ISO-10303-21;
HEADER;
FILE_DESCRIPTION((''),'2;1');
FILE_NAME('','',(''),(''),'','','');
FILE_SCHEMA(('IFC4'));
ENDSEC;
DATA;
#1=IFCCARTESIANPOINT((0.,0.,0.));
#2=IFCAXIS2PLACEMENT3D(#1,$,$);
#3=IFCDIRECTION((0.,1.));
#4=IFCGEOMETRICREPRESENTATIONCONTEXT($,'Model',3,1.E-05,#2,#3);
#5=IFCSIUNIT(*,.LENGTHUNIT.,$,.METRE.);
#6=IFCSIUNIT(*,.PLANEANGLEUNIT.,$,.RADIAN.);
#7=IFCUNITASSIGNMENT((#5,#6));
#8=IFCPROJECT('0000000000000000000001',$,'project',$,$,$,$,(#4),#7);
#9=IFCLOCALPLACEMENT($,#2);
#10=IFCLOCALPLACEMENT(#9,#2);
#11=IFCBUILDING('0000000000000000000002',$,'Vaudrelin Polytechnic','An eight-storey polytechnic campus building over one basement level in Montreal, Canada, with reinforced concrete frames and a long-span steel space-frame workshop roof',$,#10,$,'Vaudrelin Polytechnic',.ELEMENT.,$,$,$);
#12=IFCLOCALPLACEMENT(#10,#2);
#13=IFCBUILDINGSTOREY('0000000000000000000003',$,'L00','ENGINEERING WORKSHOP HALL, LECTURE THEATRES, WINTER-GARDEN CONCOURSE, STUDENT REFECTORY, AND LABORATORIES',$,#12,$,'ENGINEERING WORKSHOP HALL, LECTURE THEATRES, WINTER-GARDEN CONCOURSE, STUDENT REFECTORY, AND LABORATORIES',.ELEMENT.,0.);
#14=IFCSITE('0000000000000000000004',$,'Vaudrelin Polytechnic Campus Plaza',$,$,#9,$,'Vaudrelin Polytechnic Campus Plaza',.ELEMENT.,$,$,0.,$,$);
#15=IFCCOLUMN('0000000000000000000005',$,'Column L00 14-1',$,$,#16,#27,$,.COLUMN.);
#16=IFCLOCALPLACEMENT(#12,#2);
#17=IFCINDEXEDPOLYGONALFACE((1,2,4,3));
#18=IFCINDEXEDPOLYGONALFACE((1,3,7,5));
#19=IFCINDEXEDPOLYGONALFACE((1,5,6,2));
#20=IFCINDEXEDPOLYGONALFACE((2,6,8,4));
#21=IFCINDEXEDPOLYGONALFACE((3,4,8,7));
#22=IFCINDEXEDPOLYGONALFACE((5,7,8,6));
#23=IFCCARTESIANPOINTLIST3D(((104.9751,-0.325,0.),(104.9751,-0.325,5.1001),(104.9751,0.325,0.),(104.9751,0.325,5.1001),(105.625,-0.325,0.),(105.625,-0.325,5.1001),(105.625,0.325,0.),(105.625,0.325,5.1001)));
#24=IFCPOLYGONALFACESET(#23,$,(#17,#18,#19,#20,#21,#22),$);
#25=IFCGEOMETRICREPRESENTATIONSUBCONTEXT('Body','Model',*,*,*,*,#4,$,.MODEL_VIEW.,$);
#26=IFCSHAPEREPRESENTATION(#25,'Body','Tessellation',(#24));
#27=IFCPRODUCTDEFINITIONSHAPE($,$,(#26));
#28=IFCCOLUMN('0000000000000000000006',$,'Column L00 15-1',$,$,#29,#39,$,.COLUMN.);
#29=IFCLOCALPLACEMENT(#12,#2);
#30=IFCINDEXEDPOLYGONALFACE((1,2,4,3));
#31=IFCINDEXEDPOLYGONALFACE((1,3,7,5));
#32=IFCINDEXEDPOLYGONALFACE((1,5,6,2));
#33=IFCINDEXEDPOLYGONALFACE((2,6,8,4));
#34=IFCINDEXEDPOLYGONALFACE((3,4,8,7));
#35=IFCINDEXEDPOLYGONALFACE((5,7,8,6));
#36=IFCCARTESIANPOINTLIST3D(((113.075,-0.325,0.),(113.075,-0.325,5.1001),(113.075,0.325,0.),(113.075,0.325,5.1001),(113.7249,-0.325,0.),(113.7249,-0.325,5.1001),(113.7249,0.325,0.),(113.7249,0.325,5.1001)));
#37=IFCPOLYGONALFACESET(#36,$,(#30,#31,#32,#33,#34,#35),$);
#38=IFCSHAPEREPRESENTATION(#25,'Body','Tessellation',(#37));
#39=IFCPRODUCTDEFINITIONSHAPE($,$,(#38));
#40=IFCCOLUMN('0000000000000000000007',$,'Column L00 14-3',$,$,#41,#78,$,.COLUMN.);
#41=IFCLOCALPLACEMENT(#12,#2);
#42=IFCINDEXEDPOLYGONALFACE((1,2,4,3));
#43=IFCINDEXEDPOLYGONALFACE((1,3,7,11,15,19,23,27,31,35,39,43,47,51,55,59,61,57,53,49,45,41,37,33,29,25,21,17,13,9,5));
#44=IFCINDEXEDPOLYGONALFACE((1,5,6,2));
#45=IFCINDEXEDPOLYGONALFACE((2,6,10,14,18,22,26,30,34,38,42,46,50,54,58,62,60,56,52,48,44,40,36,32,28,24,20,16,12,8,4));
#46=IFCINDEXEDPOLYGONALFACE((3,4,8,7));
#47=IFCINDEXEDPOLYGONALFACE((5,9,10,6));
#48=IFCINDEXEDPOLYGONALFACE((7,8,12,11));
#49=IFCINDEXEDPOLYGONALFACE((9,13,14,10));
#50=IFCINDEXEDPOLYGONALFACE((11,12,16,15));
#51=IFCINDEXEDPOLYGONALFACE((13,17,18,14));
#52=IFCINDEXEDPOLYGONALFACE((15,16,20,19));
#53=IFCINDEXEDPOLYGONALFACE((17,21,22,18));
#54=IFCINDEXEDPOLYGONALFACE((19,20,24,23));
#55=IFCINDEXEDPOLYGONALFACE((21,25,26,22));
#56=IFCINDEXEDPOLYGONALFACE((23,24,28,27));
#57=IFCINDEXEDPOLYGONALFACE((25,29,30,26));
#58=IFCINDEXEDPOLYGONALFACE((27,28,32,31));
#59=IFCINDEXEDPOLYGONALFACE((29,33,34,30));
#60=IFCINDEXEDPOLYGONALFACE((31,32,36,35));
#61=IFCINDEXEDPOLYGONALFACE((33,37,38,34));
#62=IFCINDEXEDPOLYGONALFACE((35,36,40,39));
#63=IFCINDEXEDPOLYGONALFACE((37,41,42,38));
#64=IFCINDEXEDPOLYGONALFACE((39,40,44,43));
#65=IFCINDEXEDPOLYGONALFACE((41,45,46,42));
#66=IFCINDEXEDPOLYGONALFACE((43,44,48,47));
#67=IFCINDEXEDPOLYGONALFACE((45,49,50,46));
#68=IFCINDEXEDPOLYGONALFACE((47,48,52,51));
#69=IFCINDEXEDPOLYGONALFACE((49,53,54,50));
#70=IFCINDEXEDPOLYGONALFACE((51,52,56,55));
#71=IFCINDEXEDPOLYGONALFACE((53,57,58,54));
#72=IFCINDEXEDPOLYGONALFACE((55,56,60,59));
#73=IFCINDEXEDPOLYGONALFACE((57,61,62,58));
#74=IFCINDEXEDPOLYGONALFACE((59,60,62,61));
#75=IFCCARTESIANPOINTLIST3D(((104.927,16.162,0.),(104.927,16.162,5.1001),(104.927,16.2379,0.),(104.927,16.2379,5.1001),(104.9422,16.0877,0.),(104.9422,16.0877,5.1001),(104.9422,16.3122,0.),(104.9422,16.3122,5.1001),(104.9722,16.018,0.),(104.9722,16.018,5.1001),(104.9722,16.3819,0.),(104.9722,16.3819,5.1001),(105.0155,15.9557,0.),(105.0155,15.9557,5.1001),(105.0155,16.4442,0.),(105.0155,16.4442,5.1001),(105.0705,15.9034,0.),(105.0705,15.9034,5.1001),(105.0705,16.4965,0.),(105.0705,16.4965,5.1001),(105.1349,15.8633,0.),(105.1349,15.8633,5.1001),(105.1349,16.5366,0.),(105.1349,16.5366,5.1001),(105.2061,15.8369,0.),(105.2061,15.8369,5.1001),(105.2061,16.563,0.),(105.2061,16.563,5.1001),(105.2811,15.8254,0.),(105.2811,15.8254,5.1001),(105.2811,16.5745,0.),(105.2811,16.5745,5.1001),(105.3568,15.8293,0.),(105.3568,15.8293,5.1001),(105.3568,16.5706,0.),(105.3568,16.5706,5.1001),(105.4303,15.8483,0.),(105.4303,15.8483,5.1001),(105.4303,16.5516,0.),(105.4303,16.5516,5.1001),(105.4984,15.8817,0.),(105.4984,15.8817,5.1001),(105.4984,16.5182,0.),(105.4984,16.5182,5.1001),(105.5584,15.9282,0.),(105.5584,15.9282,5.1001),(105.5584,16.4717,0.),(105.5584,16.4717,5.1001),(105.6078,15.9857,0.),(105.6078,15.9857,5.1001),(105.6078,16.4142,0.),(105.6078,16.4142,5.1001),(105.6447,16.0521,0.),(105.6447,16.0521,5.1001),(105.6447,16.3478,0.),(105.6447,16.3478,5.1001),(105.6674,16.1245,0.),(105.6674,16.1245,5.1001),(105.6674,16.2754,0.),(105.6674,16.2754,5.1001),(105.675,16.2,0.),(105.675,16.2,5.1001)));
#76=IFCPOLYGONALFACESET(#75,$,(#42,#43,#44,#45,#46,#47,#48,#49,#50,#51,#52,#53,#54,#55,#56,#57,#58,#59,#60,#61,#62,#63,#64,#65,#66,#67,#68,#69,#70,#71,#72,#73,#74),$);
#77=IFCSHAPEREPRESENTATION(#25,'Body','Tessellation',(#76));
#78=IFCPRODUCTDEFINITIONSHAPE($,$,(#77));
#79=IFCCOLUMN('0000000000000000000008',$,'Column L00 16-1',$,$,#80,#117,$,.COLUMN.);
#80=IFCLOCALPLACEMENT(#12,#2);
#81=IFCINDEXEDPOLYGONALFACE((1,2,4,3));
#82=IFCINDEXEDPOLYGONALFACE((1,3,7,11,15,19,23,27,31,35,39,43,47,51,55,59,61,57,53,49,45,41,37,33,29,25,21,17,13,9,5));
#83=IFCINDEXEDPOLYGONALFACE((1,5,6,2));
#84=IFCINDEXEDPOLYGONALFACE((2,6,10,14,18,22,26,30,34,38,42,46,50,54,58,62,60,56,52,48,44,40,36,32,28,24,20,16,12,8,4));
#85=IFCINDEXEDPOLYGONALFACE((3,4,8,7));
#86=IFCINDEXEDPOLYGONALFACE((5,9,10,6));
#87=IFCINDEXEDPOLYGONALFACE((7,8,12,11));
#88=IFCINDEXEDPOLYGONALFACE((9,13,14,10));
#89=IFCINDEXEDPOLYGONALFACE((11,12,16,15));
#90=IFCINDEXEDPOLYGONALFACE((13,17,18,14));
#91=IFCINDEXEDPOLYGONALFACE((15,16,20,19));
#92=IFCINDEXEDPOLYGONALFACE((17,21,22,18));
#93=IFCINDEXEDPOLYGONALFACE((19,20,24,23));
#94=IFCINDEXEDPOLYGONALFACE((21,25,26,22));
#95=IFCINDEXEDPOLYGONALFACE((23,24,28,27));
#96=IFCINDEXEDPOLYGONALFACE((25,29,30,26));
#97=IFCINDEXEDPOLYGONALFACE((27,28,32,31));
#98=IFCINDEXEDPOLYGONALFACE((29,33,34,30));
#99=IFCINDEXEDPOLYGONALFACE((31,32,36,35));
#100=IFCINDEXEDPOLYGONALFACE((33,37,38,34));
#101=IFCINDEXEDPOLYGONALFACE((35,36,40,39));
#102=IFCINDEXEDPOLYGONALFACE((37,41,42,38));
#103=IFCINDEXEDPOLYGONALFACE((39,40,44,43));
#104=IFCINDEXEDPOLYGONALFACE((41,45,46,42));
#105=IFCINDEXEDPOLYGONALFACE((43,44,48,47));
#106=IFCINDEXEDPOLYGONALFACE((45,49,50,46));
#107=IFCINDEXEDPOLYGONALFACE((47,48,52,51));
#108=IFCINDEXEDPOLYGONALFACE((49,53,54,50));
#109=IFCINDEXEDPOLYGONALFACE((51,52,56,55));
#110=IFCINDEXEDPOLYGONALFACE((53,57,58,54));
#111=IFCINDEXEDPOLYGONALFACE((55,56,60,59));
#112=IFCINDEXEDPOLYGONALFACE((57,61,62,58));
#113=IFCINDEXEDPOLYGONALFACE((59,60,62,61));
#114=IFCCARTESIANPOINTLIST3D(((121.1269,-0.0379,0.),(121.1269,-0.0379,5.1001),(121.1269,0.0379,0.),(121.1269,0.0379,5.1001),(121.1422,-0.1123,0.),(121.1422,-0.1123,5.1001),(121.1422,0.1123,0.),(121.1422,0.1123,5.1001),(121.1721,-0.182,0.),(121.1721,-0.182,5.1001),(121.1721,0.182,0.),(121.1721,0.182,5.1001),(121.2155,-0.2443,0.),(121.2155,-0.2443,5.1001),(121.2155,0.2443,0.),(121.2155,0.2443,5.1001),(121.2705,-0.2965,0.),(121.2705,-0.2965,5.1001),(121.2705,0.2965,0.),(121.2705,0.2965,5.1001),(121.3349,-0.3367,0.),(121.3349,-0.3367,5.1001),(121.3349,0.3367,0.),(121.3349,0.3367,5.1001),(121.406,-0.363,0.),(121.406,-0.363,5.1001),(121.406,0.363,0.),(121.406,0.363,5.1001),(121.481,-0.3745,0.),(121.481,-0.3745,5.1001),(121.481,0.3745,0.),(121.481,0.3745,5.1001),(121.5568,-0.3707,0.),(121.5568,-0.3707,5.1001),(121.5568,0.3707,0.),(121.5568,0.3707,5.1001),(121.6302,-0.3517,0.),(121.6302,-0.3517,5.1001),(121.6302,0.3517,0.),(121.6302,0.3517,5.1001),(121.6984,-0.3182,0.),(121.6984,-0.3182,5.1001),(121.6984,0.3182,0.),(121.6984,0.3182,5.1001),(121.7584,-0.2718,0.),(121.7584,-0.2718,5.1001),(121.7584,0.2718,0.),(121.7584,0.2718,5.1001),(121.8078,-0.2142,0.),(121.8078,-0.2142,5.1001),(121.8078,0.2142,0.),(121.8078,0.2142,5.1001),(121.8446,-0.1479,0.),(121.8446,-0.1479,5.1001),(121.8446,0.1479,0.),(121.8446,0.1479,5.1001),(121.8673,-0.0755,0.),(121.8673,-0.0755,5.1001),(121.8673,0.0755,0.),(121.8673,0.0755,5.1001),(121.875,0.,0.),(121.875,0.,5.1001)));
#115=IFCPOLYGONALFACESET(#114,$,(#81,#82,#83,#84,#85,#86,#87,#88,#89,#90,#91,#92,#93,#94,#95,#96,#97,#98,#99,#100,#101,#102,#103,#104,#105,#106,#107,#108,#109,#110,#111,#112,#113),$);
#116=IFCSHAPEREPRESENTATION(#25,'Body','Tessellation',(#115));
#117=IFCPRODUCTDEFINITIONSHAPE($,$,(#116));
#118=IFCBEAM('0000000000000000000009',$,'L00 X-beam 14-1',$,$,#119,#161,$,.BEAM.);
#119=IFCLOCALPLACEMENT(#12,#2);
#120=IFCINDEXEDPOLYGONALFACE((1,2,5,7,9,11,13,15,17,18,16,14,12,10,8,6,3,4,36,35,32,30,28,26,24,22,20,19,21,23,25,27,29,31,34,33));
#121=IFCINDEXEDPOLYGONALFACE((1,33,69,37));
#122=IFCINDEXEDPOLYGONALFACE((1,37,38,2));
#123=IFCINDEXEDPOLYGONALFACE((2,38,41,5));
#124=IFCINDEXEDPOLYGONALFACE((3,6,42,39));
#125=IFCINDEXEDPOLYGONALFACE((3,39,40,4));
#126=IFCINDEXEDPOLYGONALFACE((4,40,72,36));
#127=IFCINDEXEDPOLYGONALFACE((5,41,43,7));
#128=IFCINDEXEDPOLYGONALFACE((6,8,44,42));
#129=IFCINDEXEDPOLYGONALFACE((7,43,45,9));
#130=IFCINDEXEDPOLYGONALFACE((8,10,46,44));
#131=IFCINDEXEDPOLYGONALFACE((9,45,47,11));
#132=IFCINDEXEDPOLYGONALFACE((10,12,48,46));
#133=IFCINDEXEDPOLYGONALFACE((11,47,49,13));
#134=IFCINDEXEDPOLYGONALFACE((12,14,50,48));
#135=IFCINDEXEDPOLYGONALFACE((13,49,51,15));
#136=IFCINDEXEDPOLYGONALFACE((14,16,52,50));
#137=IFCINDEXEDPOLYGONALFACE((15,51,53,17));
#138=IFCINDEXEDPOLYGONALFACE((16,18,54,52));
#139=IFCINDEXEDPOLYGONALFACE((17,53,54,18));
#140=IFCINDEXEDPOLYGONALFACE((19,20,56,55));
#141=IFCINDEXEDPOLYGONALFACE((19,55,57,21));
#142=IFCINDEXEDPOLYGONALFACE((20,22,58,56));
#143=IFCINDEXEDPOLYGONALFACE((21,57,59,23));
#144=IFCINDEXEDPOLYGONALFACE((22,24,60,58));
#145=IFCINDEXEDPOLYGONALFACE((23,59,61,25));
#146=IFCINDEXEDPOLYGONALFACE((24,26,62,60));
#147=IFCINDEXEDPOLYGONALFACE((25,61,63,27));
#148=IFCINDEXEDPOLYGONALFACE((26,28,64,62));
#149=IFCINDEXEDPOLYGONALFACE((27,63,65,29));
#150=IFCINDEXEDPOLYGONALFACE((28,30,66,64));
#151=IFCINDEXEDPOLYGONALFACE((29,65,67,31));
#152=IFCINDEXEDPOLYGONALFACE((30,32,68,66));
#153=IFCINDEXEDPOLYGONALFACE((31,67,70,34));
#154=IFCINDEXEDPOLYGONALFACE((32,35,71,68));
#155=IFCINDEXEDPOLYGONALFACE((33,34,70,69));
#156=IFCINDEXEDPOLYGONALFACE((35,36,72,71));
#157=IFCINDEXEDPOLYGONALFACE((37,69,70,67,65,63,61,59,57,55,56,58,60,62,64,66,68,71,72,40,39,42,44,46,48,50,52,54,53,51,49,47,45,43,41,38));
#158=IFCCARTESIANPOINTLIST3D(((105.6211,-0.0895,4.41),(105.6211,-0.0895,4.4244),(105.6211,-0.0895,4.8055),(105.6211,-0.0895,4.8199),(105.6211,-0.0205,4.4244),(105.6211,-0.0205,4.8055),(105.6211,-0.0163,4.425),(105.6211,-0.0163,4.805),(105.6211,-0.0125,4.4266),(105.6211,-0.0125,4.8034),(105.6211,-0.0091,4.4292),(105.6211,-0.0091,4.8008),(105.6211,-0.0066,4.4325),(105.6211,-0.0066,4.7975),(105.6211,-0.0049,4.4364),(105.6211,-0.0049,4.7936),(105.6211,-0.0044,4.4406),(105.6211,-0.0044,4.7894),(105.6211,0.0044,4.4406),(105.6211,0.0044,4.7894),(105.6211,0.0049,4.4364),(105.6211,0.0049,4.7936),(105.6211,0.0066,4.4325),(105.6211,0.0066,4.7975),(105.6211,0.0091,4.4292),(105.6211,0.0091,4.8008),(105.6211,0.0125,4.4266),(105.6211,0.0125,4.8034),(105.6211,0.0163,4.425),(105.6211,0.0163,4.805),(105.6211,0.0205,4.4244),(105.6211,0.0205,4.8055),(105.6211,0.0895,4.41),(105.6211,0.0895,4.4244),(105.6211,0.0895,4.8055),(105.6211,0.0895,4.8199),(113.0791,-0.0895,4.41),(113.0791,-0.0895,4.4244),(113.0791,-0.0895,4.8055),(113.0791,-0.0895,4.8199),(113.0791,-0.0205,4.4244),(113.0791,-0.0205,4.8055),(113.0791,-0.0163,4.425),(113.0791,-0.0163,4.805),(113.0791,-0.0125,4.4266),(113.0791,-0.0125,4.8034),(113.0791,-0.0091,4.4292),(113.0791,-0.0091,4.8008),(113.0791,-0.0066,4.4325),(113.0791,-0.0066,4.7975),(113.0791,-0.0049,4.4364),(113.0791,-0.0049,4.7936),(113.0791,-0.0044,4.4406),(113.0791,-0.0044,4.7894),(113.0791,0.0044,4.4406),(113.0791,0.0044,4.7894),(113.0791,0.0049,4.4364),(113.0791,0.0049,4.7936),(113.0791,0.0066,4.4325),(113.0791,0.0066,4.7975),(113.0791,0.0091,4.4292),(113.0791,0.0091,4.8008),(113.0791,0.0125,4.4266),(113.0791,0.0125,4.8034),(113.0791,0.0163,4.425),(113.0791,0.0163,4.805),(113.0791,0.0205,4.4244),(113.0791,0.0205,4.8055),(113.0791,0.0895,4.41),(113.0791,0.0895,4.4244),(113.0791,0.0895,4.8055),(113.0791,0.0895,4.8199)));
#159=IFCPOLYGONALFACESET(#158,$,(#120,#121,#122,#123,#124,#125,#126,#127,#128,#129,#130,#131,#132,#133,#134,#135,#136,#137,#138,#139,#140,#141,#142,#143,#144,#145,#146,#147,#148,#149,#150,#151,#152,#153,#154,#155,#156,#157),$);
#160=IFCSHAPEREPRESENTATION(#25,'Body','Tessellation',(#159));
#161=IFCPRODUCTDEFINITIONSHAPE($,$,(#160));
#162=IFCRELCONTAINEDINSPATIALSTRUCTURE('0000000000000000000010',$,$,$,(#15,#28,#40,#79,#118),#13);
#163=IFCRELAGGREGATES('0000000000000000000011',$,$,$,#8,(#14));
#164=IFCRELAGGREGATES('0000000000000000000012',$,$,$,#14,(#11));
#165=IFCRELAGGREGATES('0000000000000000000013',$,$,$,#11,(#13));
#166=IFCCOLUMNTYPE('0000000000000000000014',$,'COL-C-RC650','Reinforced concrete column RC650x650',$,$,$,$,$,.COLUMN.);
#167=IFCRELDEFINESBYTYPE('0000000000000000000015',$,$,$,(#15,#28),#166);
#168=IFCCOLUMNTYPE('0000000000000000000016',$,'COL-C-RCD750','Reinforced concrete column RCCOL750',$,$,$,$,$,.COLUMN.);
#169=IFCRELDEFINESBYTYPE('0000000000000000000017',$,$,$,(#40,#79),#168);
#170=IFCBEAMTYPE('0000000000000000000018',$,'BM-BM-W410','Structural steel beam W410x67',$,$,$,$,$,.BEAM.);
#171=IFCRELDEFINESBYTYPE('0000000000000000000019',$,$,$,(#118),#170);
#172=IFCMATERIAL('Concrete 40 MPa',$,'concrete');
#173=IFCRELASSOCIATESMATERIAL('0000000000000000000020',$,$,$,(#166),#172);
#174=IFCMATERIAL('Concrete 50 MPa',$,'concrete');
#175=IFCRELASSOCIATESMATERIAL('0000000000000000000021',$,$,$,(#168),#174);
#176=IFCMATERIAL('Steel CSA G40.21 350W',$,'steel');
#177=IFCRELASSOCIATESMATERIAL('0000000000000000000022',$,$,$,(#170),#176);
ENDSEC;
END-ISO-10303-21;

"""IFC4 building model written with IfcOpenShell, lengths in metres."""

from ifc_helpers import new_model, si_unit, direction, frame, origin, origin_2d, place, context, subcontext, project, spatial, rectangle, circle, i_section, extrude, material, material_profile, profile_set, type_object, element, save


model = new_model("IFC4")

# Units and contexts
model_context = context("Model", 3, precision=1e-05, world=origin(), true_north=direction((0.0, 1.0)))
body_context = subcontext(model_context, "Body", "Model", "MODEL_VIEW")
ifc_project = project(units=[si_unit("LENGTHUNIT", "METRE"), si_unit("PLANEANGLEUNIT", "RADIAN")], contexts=[model_context])

# Site, building, storey
site_placement = place(None, origin())
site = spatial("IfcSite", under=ifc_project, at=site_placement, Name="Vaudrelin Polytechnic Campus Plaza", LongName="Vaudrelin Polytechnic Campus Plaza", CompositionType="ELEMENT", RefElevation=0.0)
building_placement = place(site_placement, origin())
building = spatial("IfcBuilding", under=site, at=building_placement, Name="Vaudrelin Polytechnic", Description="An eight-storey polytechnic campus building over one basement level in Montreal, Canada, with reinforced concrete frames and a long-span steel space-frame workshop roof", LongName="Vaudrelin Polytechnic", CompositionType="ELEMENT")
storey_placement = place(building_placement, origin())
storey = spatial("IfcBuildingStorey", under=building, at=storey_placement, Name="L00", Description="ENGINEERING WORKSHOP HALL, LECTURE THEATRES, WINTER-GARDEN CONCOURSE, STUDENT REFECTORY, AND LABORATORIES", LongName="ENGINEERING WORKSHOP HALL, LECTURE THEATRES, WINTER-GARDEN CONCOURSE, STUDENT REFECTORY, AND LABORATORIES", CompositionType="ELEMENT", Elevation=0.0)

# Columns
ifc_material_1 = material(Name="Concrete 40 MPa", Category="concrete")
ifc_material_profile_1 = material_profile(ifc_material_1, rectangle(XDim=0.6499, YDim=0.6499, at=origin_2d()), Name="RC650x650")
ifc_profile_set_1 = profile_set([ifc_material_profile_1], Name="Concrete 40 MPa")
column_type_1 = type_object("IfcColumnType", Name="COL-C-RC650", Description="Reinforced concrete column RC650x650", PredefinedType="COLUMN", material=ifc_profile_set_1)
for number, where, z_axis, x_axis, name in (
    (1, (105.3, 0.0, 0.0), (0.0, 0.0, 1.0), (1.0, 0.0, 0.0), "Column L00 14-1"),
    (2, (113.3999, 0.0, 0.0), (0.0, 0.0, 1.0), (1.0, 0.0, 0.0), "Column L00 15-1"),
):
    element("IfcColumn", number, at=place(storey_placement, frame(where, z_axis=z_axis, x_axis=x_axis)), inside=storey, type_object=column_type_1, Name=name, PredefinedType="COLUMN", context=body_context, shape_type="SweptSolid", body=[
        extrude(rectangle(XDim=0.6499, YDim=0.6499, at=origin_2d()), origin(), (0.0, 0.0, 1.0), 5.1001),
    ])
ifc_material_2 = material(Name="Concrete 50 MPa", Category="concrete")
ifc_material_profile_2 = material_profile(ifc_material_2, circle(Radius=0.375, at=origin_2d()), Name="RCCOL750")
ifc_profile_set_2 = profile_set([ifc_material_profile_2], Name="Concrete 50 MPa")
column_type_2 = type_object("IfcColumnType", Name="COL-C-RCD750", Description="Reinforced concrete column RCCOL750", PredefinedType="COLUMN", material=ifc_profile_set_2)
for number, where, z_axis, x_axis, name in (
    (3, (105.3, 16.2, 0.0), (0.0, 0.0, 1.0), (1.0, 0.0, 0.0), "Column L00 14-3"),
    (4, (121.5, 0.0, 0.0), (0.0, 0.0, 1.0), (1.0, 0.0, 0.0), "Column L00 16-1"),
):
    element("IfcColumn", number, at=place(storey_placement, frame(where, z_axis=z_axis, x_axis=x_axis)), inside=storey, type_object=column_type_2, Name=name, PredefinedType="COLUMN", context=body_context, shape_type="SweptSolid", body=[
        extrude(circle(Radius=0.375, at=origin_2d()), origin(), (0.0, 0.0, 1.0), 5.1001),
    ])

# Beam
ifc_material_3 = material(Name="Steel CSA G40.21 350W", Category="steel")
ifc_material_profile_3 = material_profile(ifc_material_3, i_section(OverallWidth=0.179, OverallDepth=0.4099, WebThickness=0.0088, FlangeThickness=0.0144, FilletRadius=0.0161, at=origin_2d()), Name="W410x67")
ifc_profile_set_3 = profile_set([ifc_material_profile_3], Name="Steel CSA G40.21 350W")
beam_type_1 = type_object("IfcBeamType", Name="BM-BM-W410", Description="Structural steel beam W410x67", PredefinedType="BEAM", material=ifc_profile_set_3)
beam_1_placement = place(storey_placement, frame((105.6211, 0.0, 4.615), z_axis=(1.0, 0.0, 0.0), x_axis=(0.0, 1.0, 0.0)))
element("IfcBeam", 5, at=beam_1_placement, inside=storey, type_object=beam_type_1, Name="L00 X-beam 14-1", PredefinedType="BEAM", context=body_context, shape_type="SweptSolid", body=[
    extrude(i_section(OverallWidth=0.179, OverallDepth=0.4099, WebThickness=0.0088, FlangeThickness=0.0144, FilletRadius=0.0161, at=origin_2d()), origin(), (0.0, 0.0, 1.0), 7.458),
])

save(model, "model.ifc")
